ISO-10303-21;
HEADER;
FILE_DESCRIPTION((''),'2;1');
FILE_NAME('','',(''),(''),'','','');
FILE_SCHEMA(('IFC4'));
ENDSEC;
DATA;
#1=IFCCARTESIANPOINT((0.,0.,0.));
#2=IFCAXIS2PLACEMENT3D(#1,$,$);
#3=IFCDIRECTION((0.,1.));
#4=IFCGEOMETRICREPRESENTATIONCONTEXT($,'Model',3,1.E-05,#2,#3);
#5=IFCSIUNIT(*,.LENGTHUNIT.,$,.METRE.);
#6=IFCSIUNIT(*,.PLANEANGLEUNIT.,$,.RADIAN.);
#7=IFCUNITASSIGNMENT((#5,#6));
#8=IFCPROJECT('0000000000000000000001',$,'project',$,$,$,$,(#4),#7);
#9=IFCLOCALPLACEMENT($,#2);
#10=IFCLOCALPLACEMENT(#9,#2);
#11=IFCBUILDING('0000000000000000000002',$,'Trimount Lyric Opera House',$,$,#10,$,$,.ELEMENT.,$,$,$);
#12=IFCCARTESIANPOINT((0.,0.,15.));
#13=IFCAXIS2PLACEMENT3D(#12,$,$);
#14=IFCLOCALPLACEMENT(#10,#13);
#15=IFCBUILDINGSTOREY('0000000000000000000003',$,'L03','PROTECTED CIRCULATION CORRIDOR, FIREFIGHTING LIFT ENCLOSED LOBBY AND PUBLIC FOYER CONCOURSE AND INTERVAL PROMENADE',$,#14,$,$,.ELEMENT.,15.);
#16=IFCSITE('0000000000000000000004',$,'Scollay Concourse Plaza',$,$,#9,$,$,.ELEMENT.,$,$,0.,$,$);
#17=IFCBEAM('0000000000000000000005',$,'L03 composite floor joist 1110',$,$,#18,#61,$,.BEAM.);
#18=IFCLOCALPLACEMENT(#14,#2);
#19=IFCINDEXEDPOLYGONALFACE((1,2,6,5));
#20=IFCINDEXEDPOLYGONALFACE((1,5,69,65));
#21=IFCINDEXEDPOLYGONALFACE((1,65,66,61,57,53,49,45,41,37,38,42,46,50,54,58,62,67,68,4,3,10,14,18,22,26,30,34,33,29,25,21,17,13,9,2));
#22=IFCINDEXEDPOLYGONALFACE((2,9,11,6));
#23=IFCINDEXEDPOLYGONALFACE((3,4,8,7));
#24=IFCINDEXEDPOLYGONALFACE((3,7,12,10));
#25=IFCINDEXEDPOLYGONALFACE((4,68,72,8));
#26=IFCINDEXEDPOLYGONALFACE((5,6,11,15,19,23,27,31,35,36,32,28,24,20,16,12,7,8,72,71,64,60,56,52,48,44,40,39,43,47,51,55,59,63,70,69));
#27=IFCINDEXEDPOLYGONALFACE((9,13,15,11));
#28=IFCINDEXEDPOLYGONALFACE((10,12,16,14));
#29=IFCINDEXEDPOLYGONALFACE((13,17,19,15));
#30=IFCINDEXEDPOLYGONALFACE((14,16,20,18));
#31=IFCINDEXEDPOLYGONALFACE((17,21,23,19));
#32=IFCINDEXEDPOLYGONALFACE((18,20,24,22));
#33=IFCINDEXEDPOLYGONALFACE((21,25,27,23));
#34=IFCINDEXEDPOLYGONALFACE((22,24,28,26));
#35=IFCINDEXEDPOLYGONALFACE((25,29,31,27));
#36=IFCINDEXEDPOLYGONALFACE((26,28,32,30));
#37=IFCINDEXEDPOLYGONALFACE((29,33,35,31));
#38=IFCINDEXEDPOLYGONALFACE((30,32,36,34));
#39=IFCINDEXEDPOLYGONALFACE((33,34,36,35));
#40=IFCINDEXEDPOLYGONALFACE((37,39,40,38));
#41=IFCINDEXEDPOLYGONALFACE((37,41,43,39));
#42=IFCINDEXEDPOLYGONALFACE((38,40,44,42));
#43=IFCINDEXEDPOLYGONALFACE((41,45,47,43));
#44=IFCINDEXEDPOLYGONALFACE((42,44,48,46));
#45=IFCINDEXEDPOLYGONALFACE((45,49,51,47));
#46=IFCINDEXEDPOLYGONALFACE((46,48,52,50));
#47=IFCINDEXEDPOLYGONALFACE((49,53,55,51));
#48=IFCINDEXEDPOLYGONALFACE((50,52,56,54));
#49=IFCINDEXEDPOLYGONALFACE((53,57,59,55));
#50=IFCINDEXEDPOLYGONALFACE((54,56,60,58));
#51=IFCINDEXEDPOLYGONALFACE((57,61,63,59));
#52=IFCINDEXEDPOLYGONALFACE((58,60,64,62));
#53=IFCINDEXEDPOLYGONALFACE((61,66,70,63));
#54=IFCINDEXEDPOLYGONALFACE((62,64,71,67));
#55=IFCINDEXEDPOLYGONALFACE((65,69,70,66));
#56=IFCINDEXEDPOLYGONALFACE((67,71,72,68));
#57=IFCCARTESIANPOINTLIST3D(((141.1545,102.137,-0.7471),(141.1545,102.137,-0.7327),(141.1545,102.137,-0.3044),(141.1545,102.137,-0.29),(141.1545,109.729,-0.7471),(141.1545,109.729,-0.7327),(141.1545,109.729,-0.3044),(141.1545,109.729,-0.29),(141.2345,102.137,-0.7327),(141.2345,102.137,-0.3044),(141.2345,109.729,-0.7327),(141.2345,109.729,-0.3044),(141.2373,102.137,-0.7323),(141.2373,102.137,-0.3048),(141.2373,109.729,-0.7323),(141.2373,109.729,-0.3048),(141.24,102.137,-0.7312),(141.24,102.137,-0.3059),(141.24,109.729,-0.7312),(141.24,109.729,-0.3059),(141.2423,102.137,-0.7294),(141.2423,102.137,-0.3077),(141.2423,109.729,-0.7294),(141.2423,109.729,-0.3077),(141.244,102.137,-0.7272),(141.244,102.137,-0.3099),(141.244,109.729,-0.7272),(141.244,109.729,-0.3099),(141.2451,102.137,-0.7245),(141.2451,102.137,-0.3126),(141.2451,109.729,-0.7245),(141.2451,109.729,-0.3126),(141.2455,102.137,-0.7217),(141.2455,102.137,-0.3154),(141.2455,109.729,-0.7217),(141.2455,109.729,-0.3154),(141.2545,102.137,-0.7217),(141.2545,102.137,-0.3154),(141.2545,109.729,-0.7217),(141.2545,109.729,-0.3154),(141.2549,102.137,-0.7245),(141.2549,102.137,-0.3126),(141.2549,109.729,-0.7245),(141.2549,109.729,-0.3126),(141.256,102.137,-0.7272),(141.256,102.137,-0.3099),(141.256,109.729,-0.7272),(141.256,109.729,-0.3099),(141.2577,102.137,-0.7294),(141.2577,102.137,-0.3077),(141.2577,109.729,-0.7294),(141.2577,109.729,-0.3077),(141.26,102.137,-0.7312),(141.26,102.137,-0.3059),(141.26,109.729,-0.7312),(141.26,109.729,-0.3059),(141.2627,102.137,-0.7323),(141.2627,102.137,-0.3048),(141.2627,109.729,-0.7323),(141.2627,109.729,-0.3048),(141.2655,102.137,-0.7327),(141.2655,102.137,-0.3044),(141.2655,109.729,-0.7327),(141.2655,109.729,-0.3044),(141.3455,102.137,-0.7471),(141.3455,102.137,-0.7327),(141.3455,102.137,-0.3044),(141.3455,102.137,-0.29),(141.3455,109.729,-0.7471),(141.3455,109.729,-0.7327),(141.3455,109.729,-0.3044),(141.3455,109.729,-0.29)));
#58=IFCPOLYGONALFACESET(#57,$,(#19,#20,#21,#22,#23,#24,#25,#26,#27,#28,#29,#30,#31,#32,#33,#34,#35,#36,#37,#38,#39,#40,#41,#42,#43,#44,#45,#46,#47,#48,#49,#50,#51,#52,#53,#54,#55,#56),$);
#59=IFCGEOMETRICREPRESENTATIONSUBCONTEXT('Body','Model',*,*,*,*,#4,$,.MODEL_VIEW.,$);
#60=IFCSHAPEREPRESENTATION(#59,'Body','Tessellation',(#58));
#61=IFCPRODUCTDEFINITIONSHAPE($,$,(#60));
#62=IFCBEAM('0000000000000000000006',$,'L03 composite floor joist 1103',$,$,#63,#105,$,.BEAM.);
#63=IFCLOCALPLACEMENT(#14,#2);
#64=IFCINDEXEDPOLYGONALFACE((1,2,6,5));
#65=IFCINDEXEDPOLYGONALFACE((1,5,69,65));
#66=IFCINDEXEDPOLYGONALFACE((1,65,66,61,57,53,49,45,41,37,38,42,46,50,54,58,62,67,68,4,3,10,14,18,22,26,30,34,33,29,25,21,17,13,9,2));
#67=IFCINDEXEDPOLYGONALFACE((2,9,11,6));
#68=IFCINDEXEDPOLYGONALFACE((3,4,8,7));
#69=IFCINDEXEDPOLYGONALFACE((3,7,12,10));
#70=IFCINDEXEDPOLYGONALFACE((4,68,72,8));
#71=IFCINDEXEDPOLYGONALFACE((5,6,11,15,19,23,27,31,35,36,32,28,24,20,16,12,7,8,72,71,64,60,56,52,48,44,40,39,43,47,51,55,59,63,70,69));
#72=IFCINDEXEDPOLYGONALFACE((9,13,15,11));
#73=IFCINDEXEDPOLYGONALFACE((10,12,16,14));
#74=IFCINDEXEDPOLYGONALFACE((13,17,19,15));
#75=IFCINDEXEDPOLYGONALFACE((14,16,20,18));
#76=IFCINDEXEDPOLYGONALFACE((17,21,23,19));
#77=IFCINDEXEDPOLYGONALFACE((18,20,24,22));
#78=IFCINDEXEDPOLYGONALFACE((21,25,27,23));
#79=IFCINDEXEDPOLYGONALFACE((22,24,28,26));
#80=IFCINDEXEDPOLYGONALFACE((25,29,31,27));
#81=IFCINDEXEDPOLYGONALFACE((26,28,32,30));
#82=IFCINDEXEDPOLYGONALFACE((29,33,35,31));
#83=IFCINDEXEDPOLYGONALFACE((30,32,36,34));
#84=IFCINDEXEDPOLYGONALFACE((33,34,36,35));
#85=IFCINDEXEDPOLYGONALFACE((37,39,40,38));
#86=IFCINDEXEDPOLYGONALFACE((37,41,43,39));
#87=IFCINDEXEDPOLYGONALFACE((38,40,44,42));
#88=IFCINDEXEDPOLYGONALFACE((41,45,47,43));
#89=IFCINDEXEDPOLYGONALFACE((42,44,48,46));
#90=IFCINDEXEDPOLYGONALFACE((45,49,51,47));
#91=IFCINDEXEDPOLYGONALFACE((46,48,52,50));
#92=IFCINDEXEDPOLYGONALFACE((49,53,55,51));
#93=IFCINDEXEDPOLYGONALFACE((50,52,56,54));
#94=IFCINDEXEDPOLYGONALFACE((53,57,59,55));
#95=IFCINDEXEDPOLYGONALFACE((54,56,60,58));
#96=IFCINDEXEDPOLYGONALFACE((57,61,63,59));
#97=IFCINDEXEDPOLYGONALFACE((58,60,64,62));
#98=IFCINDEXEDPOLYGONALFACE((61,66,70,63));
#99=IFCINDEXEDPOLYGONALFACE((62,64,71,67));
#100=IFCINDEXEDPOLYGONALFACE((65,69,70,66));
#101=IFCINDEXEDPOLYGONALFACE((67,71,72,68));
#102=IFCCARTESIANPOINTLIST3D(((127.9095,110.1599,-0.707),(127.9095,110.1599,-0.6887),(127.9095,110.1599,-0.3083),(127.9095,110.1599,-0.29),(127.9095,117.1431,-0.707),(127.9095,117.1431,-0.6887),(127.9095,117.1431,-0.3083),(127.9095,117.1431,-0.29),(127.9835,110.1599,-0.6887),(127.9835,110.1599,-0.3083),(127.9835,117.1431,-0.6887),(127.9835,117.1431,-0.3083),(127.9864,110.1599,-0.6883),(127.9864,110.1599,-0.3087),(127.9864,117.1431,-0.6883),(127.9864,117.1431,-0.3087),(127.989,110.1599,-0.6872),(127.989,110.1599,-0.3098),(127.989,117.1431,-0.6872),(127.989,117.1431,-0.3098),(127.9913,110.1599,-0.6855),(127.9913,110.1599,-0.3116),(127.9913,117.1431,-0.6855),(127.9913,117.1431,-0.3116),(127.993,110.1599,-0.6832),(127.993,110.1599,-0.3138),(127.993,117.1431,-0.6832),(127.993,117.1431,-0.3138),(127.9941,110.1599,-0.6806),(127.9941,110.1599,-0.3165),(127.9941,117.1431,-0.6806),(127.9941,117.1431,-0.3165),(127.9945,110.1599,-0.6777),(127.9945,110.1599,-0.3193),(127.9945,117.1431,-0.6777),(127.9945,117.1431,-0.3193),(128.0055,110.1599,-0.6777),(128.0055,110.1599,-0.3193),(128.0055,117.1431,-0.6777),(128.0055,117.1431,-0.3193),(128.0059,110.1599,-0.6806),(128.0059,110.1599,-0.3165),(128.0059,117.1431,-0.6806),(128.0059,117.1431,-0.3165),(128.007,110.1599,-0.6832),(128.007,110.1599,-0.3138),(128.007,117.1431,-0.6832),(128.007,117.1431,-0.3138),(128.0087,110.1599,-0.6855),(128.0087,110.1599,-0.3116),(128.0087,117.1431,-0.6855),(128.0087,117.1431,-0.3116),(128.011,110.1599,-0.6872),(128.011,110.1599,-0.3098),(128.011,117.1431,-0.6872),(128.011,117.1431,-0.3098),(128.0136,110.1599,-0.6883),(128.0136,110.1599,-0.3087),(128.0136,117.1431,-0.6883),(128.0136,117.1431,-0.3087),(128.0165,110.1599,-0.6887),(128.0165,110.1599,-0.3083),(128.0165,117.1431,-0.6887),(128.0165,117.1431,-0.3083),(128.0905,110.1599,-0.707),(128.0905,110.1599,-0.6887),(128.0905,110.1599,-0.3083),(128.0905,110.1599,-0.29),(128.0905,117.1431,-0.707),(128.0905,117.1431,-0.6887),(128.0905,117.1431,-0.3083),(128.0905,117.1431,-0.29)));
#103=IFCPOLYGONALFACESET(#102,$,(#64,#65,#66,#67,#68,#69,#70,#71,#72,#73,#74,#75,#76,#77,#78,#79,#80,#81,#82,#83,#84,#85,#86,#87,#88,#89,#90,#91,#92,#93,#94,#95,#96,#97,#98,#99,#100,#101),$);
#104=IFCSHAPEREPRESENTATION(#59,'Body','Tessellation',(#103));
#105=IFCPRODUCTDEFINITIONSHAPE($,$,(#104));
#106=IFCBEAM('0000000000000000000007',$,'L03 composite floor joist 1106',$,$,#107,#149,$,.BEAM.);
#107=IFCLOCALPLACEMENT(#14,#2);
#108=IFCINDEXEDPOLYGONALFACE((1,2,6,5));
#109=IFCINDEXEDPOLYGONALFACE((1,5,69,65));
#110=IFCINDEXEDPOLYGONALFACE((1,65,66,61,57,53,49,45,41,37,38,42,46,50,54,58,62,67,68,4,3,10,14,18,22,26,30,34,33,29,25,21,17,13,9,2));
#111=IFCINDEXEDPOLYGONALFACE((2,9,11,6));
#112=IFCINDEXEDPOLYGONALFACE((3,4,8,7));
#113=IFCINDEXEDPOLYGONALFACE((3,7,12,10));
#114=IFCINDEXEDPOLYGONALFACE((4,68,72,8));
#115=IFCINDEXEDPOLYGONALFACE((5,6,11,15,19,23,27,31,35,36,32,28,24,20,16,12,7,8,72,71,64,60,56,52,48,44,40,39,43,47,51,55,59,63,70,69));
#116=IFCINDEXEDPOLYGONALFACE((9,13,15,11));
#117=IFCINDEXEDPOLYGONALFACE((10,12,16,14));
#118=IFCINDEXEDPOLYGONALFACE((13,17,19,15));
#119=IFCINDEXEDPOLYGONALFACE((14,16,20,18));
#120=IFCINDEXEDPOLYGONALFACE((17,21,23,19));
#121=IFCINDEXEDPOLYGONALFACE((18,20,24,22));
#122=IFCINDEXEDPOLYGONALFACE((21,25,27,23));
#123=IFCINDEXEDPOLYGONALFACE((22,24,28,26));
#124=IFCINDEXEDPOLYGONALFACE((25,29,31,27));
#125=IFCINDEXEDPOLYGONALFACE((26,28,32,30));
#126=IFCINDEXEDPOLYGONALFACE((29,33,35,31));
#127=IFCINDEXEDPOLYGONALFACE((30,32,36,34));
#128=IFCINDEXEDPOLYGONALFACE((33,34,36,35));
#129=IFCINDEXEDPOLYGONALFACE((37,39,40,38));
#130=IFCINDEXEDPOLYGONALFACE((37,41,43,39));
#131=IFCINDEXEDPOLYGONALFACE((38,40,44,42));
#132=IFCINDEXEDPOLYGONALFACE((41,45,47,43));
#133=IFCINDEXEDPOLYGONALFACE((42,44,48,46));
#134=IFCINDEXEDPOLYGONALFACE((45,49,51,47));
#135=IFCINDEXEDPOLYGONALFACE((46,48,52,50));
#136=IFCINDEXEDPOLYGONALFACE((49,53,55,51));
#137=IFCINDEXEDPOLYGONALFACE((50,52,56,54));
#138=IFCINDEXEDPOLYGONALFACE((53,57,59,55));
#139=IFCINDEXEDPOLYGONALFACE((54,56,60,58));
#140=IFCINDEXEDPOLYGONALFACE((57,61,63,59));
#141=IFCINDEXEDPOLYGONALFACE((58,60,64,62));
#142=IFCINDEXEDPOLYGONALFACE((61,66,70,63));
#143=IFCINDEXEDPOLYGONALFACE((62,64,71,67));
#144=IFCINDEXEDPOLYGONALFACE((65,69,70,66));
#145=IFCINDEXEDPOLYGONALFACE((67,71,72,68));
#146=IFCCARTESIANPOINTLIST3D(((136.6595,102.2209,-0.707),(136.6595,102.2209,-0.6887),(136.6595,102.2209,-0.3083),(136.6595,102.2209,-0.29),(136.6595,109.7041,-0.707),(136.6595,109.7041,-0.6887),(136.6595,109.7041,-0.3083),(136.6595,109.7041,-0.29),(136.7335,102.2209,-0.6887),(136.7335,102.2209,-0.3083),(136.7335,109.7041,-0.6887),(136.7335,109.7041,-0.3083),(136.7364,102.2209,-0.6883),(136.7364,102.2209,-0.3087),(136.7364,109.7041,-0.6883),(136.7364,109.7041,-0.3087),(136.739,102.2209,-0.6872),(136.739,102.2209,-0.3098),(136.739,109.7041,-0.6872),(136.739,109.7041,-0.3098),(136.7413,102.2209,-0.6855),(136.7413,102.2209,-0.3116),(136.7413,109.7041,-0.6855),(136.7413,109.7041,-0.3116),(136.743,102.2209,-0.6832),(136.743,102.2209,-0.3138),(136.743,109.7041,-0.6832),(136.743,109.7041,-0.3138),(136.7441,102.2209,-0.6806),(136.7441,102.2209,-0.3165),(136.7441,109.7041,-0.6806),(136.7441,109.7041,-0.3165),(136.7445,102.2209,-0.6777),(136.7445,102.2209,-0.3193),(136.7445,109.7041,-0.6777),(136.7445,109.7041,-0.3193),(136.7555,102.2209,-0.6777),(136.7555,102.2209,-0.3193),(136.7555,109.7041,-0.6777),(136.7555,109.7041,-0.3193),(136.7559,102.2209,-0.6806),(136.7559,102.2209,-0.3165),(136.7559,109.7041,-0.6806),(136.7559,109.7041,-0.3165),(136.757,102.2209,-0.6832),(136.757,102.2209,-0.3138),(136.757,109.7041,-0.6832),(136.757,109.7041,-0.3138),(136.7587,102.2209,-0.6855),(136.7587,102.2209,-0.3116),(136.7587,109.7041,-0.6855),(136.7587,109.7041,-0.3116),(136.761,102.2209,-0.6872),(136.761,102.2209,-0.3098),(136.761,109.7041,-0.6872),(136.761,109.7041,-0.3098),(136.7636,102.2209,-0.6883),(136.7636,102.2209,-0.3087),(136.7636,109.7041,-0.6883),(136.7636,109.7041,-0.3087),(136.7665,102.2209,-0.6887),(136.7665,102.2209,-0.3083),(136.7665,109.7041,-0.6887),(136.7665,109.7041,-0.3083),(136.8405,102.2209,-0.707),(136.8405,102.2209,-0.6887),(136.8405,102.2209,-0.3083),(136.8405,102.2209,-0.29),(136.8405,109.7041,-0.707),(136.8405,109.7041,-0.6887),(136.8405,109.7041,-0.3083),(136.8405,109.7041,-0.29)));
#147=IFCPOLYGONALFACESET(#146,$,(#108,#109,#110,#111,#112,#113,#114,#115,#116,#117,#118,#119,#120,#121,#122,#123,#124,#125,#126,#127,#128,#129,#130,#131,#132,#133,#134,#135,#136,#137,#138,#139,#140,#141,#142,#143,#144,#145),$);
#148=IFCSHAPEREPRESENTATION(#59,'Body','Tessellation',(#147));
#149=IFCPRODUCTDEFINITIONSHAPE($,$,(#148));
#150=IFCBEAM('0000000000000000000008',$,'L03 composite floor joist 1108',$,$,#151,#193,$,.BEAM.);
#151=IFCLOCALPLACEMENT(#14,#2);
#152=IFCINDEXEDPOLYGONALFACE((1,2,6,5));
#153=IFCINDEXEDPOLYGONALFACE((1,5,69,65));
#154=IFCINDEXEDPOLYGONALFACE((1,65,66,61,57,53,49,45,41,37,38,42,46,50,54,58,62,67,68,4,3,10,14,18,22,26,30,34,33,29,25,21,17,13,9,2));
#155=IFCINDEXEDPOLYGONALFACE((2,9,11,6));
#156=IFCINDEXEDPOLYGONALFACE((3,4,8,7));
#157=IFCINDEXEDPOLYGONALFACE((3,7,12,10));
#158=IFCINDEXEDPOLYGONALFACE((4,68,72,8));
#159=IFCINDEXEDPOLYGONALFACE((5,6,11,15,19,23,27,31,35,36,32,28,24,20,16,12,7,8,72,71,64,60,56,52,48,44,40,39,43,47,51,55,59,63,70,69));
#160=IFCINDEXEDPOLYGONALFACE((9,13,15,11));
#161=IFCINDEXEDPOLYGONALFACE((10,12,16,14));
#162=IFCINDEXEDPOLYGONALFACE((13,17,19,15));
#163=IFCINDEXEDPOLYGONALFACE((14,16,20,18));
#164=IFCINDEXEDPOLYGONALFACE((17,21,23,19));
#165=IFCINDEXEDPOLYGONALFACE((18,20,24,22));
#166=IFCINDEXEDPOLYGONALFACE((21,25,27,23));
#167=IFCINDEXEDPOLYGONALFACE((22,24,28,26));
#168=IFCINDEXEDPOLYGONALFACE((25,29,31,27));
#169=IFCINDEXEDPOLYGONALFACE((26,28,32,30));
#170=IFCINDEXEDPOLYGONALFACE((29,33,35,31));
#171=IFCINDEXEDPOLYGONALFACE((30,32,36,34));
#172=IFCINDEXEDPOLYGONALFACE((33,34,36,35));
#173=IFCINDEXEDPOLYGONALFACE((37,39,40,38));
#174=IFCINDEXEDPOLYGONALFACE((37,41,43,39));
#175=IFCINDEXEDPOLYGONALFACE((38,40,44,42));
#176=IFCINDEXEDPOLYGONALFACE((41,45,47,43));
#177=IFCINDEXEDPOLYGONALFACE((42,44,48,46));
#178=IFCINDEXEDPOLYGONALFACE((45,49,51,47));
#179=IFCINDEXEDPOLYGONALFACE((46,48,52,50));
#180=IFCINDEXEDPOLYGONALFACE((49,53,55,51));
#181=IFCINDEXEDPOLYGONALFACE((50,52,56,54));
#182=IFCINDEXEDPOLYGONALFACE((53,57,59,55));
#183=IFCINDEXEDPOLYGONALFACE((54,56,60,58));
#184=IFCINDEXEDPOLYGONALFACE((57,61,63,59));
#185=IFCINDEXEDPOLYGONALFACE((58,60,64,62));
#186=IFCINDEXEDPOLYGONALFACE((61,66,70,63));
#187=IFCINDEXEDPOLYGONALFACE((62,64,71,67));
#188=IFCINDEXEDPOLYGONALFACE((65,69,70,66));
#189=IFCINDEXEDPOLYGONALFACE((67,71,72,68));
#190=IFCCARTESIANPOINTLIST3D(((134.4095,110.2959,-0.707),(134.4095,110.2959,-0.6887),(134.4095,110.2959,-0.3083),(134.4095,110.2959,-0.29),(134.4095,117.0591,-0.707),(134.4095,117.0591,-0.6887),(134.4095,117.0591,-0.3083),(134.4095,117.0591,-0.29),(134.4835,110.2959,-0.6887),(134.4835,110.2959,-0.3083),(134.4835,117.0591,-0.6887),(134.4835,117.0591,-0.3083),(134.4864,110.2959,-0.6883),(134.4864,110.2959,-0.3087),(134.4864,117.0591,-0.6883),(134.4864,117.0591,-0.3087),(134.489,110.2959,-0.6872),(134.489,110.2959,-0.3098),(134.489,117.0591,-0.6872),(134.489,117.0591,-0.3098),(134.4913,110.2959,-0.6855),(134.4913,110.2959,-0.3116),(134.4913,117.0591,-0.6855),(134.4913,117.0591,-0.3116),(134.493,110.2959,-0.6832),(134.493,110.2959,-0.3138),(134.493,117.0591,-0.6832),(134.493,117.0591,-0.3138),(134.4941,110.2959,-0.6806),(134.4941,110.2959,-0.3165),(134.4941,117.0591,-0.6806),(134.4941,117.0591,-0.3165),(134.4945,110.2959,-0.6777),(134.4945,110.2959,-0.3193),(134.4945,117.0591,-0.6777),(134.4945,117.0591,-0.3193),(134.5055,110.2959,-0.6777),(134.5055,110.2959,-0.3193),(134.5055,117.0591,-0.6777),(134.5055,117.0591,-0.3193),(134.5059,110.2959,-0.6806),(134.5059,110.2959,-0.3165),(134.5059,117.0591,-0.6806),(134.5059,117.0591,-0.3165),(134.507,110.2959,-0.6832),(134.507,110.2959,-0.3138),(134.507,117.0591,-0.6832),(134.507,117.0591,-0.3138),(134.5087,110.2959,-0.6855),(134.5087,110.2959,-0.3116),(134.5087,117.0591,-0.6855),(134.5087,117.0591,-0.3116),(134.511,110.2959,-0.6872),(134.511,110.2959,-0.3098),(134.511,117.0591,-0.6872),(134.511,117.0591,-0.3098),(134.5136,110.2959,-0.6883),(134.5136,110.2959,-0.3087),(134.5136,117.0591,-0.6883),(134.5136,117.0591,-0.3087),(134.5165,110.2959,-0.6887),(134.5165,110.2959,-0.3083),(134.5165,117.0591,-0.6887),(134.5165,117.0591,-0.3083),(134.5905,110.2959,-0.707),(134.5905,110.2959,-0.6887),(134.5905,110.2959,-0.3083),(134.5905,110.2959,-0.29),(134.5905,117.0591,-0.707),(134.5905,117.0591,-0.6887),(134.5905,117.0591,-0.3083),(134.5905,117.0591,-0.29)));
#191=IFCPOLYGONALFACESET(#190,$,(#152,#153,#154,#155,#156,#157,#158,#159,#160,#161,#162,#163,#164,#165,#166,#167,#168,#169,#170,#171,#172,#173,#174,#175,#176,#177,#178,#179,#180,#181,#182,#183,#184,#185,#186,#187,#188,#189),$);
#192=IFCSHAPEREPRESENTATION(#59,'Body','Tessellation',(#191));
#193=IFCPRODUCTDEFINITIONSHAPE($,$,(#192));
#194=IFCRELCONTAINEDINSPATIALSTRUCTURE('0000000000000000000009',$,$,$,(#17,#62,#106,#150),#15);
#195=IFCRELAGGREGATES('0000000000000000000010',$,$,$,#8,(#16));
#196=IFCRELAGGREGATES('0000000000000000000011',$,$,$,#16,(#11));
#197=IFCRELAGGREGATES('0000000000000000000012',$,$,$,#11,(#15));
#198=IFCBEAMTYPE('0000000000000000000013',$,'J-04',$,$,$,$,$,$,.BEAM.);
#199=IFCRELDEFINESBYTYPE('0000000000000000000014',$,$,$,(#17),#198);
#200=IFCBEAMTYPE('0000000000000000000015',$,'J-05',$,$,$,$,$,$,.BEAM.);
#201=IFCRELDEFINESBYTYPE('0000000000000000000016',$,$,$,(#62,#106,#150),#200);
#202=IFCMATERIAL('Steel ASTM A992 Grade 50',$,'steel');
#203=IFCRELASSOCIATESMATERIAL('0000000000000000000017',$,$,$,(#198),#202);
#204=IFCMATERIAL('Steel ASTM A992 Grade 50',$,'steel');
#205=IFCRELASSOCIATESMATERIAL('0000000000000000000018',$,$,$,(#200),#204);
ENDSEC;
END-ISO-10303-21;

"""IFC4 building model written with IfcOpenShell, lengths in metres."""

from ifc_helpers import new_model, si_unit, direction, frame, origin, origin_2d, place, context, subcontext, project, spatial, i_section, extrude, material, material_profile, profile_set, type_object, element, save


model = new_model("IFC4")

# Units and contexts
model_context = context("Model", 3, precision=1e-05, world=origin(), true_north=direction((0.0, 1.0)))
body_context = subcontext(model_context, "Body", "Model", "MODEL_VIEW")
ifc_project = project(units=[si_unit("LENGTHUNIT", "METRE"), si_unit("PLANEANGLEUNIT", "RADIAN")], contexts=[model_context])

# Site, building, storey
site_placement = place(None, origin())
site = spatial("IfcSite", under=ifc_project, at=site_placement, Name="Scollay Concourse Plaza", CompositionType="ELEMENT", RefElevation=0.0)
building_placement = place(site_placement, origin())
building = spatial("IfcBuilding", under=site, at=building_placement, Name="Trimount Lyric Opera House", CompositionType="ELEMENT")
storey_placement = place(building_placement, frame((0.0, 0.0, 15.0)))
storey = spatial("IfcBuildingStorey", under=building, at=storey_placement, Name="L03", Description="PROTECTED CIRCULATION CORRIDOR, FIREFIGHTING LIFT ENCLOSED LOBBY AND PUBLIC FOYER CONCOURSE AND INTERVAL PROMENADE", CompositionType="ELEMENT", Elevation=15.0)

# Beams
ifc_material_1 = material(Name="Steel ASTM A992 Grade 50", Category="steel")
ifc_material_profile_1 = material_profile(ifc_material_1, i_section(OverallWidth=0.1909, OverallDepth=0.457, WebThickness=0.009, FlangeThickness=0.0144, FilletRadius=0.011, at=origin_2d()), Name="W18X50")
ifc_profile_set_1 = profile_set([ifc_material_profile_1], Name="Steel ASTM A992 Grade 50")
beam_type_1 = type_object("IfcBeamType", Name="J-04", PredefinedType="BEAM", material=ifc_profile_set_1)
beam_1_placement = place(storey_placement, frame((141.25, 102.137, -0.5186), z_axis=(0.0, 1.0, 0.0), x_axis=(-1.0, 0.0, 0.0)))
element("IfcBeam", 1, at=beam_1_placement, inside=storey, type_object=beam_type_1, Name="L03 composite floor joist 1110", PredefinedType="BEAM", context=body_context, shape_type="SweptSolid", body=[
    extrude(i_section(OverallWidth=0.1909, OverallDepth=0.457, WebThickness=0.009, FlangeThickness=0.0144, FilletRadius=0.011, at=origin_2d()), origin(), (0.0, 0.0, 1.0), 7.592),
])
ifc_material_2 = material(Name="Steel ASTM A992 Grade 50", Category="steel")
ifc_material_profile_2 = material_profile(ifc_material_2, i_section(OverallWidth=0.1809, OverallDepth=0.417, WebThickness=0.011, FlangeThickness=0.0183, FilletRadius=0.011, at=origin_2d()), Name="W16X57")
ifc_profile_set_2 = profile_set([ifc_material_profile_2], Name="Steel ASTM A992 Grade 50")
beam_type_2 = type_object("IfcBeamType", Name="J-05", PredefinedType="BEAM", material=ifc_profile_set_2)
beam_2_placement = place(storey_placement, frame((128.0, 110.1599, -0.4985), z_axis=(0.0, 1.0, 0.0), x_axis=(-1.0, 0.0, 0.0)))
element("IfcBeam", 2, at=beam_2_placement, inside=storey, type_object=beam_type_2, Name="L03 composite floor joist 1103", PredefinedType="BEAM", context=body_context, shape_type="SweptSolid", body=[
    extrude(i_section(OverallWidth=0.1809, OverallDepth=0.417, WebThickness=0.011, FlangeThickness=0.0183, FilletRadius=0.011, at=origin_2d()), origin(), (0.0, 0.0, 1.0), 6.9832),
])
beam_3_placement = place(storey_placement, frame((136.75, 102.2209, -0.4985), z_axis=(0.0, 1.0, 0.0), x_axis=(-1.0, 0.0, 0.0)))
element("IfcBeam", 3, at=beam_3_placement, inside=storey, type_object=beam_type_2, Name="L03 composite floor joist 1106", PredefinedType="BEAM", context=body_context, shape_type="SweptSolid", body=[
    extrude(i_section(OverallWidth=0.1809, OverallDepth=0.417, WebThickness=0.011, FlangeThickness=0.0183, FilletRadius=0.011, at=origin_2d()), origin(), (0.0, 0.0, 1.0), 7.4832),
])
beam_4_placement = place(storey_placement, frame((134.5, 110.2959, -0.4985), z_axis=(0.0, 1.0, 0.0), x_axis=(-1.0, 0.0, 0.0)))
element("IfcBeam", 4, at=beam_4_placement, inside=storey, type_object=beam_type_2, Name="L03 composite floor joist 1108", PredefinedType="BEAM", context=body_context, shape_type="SweptSolid", body=[
    extrude(i_section(OverallWidth=0.1809, OverallDepth=0.417, WebThickness=0.011, FlangeThickness=0.0183, FilletRadius=0.011, at=origin_2d()), origin(), (0.0, 0.0, 1.0), 6.7632),
])

save(model, "model.ifc")
